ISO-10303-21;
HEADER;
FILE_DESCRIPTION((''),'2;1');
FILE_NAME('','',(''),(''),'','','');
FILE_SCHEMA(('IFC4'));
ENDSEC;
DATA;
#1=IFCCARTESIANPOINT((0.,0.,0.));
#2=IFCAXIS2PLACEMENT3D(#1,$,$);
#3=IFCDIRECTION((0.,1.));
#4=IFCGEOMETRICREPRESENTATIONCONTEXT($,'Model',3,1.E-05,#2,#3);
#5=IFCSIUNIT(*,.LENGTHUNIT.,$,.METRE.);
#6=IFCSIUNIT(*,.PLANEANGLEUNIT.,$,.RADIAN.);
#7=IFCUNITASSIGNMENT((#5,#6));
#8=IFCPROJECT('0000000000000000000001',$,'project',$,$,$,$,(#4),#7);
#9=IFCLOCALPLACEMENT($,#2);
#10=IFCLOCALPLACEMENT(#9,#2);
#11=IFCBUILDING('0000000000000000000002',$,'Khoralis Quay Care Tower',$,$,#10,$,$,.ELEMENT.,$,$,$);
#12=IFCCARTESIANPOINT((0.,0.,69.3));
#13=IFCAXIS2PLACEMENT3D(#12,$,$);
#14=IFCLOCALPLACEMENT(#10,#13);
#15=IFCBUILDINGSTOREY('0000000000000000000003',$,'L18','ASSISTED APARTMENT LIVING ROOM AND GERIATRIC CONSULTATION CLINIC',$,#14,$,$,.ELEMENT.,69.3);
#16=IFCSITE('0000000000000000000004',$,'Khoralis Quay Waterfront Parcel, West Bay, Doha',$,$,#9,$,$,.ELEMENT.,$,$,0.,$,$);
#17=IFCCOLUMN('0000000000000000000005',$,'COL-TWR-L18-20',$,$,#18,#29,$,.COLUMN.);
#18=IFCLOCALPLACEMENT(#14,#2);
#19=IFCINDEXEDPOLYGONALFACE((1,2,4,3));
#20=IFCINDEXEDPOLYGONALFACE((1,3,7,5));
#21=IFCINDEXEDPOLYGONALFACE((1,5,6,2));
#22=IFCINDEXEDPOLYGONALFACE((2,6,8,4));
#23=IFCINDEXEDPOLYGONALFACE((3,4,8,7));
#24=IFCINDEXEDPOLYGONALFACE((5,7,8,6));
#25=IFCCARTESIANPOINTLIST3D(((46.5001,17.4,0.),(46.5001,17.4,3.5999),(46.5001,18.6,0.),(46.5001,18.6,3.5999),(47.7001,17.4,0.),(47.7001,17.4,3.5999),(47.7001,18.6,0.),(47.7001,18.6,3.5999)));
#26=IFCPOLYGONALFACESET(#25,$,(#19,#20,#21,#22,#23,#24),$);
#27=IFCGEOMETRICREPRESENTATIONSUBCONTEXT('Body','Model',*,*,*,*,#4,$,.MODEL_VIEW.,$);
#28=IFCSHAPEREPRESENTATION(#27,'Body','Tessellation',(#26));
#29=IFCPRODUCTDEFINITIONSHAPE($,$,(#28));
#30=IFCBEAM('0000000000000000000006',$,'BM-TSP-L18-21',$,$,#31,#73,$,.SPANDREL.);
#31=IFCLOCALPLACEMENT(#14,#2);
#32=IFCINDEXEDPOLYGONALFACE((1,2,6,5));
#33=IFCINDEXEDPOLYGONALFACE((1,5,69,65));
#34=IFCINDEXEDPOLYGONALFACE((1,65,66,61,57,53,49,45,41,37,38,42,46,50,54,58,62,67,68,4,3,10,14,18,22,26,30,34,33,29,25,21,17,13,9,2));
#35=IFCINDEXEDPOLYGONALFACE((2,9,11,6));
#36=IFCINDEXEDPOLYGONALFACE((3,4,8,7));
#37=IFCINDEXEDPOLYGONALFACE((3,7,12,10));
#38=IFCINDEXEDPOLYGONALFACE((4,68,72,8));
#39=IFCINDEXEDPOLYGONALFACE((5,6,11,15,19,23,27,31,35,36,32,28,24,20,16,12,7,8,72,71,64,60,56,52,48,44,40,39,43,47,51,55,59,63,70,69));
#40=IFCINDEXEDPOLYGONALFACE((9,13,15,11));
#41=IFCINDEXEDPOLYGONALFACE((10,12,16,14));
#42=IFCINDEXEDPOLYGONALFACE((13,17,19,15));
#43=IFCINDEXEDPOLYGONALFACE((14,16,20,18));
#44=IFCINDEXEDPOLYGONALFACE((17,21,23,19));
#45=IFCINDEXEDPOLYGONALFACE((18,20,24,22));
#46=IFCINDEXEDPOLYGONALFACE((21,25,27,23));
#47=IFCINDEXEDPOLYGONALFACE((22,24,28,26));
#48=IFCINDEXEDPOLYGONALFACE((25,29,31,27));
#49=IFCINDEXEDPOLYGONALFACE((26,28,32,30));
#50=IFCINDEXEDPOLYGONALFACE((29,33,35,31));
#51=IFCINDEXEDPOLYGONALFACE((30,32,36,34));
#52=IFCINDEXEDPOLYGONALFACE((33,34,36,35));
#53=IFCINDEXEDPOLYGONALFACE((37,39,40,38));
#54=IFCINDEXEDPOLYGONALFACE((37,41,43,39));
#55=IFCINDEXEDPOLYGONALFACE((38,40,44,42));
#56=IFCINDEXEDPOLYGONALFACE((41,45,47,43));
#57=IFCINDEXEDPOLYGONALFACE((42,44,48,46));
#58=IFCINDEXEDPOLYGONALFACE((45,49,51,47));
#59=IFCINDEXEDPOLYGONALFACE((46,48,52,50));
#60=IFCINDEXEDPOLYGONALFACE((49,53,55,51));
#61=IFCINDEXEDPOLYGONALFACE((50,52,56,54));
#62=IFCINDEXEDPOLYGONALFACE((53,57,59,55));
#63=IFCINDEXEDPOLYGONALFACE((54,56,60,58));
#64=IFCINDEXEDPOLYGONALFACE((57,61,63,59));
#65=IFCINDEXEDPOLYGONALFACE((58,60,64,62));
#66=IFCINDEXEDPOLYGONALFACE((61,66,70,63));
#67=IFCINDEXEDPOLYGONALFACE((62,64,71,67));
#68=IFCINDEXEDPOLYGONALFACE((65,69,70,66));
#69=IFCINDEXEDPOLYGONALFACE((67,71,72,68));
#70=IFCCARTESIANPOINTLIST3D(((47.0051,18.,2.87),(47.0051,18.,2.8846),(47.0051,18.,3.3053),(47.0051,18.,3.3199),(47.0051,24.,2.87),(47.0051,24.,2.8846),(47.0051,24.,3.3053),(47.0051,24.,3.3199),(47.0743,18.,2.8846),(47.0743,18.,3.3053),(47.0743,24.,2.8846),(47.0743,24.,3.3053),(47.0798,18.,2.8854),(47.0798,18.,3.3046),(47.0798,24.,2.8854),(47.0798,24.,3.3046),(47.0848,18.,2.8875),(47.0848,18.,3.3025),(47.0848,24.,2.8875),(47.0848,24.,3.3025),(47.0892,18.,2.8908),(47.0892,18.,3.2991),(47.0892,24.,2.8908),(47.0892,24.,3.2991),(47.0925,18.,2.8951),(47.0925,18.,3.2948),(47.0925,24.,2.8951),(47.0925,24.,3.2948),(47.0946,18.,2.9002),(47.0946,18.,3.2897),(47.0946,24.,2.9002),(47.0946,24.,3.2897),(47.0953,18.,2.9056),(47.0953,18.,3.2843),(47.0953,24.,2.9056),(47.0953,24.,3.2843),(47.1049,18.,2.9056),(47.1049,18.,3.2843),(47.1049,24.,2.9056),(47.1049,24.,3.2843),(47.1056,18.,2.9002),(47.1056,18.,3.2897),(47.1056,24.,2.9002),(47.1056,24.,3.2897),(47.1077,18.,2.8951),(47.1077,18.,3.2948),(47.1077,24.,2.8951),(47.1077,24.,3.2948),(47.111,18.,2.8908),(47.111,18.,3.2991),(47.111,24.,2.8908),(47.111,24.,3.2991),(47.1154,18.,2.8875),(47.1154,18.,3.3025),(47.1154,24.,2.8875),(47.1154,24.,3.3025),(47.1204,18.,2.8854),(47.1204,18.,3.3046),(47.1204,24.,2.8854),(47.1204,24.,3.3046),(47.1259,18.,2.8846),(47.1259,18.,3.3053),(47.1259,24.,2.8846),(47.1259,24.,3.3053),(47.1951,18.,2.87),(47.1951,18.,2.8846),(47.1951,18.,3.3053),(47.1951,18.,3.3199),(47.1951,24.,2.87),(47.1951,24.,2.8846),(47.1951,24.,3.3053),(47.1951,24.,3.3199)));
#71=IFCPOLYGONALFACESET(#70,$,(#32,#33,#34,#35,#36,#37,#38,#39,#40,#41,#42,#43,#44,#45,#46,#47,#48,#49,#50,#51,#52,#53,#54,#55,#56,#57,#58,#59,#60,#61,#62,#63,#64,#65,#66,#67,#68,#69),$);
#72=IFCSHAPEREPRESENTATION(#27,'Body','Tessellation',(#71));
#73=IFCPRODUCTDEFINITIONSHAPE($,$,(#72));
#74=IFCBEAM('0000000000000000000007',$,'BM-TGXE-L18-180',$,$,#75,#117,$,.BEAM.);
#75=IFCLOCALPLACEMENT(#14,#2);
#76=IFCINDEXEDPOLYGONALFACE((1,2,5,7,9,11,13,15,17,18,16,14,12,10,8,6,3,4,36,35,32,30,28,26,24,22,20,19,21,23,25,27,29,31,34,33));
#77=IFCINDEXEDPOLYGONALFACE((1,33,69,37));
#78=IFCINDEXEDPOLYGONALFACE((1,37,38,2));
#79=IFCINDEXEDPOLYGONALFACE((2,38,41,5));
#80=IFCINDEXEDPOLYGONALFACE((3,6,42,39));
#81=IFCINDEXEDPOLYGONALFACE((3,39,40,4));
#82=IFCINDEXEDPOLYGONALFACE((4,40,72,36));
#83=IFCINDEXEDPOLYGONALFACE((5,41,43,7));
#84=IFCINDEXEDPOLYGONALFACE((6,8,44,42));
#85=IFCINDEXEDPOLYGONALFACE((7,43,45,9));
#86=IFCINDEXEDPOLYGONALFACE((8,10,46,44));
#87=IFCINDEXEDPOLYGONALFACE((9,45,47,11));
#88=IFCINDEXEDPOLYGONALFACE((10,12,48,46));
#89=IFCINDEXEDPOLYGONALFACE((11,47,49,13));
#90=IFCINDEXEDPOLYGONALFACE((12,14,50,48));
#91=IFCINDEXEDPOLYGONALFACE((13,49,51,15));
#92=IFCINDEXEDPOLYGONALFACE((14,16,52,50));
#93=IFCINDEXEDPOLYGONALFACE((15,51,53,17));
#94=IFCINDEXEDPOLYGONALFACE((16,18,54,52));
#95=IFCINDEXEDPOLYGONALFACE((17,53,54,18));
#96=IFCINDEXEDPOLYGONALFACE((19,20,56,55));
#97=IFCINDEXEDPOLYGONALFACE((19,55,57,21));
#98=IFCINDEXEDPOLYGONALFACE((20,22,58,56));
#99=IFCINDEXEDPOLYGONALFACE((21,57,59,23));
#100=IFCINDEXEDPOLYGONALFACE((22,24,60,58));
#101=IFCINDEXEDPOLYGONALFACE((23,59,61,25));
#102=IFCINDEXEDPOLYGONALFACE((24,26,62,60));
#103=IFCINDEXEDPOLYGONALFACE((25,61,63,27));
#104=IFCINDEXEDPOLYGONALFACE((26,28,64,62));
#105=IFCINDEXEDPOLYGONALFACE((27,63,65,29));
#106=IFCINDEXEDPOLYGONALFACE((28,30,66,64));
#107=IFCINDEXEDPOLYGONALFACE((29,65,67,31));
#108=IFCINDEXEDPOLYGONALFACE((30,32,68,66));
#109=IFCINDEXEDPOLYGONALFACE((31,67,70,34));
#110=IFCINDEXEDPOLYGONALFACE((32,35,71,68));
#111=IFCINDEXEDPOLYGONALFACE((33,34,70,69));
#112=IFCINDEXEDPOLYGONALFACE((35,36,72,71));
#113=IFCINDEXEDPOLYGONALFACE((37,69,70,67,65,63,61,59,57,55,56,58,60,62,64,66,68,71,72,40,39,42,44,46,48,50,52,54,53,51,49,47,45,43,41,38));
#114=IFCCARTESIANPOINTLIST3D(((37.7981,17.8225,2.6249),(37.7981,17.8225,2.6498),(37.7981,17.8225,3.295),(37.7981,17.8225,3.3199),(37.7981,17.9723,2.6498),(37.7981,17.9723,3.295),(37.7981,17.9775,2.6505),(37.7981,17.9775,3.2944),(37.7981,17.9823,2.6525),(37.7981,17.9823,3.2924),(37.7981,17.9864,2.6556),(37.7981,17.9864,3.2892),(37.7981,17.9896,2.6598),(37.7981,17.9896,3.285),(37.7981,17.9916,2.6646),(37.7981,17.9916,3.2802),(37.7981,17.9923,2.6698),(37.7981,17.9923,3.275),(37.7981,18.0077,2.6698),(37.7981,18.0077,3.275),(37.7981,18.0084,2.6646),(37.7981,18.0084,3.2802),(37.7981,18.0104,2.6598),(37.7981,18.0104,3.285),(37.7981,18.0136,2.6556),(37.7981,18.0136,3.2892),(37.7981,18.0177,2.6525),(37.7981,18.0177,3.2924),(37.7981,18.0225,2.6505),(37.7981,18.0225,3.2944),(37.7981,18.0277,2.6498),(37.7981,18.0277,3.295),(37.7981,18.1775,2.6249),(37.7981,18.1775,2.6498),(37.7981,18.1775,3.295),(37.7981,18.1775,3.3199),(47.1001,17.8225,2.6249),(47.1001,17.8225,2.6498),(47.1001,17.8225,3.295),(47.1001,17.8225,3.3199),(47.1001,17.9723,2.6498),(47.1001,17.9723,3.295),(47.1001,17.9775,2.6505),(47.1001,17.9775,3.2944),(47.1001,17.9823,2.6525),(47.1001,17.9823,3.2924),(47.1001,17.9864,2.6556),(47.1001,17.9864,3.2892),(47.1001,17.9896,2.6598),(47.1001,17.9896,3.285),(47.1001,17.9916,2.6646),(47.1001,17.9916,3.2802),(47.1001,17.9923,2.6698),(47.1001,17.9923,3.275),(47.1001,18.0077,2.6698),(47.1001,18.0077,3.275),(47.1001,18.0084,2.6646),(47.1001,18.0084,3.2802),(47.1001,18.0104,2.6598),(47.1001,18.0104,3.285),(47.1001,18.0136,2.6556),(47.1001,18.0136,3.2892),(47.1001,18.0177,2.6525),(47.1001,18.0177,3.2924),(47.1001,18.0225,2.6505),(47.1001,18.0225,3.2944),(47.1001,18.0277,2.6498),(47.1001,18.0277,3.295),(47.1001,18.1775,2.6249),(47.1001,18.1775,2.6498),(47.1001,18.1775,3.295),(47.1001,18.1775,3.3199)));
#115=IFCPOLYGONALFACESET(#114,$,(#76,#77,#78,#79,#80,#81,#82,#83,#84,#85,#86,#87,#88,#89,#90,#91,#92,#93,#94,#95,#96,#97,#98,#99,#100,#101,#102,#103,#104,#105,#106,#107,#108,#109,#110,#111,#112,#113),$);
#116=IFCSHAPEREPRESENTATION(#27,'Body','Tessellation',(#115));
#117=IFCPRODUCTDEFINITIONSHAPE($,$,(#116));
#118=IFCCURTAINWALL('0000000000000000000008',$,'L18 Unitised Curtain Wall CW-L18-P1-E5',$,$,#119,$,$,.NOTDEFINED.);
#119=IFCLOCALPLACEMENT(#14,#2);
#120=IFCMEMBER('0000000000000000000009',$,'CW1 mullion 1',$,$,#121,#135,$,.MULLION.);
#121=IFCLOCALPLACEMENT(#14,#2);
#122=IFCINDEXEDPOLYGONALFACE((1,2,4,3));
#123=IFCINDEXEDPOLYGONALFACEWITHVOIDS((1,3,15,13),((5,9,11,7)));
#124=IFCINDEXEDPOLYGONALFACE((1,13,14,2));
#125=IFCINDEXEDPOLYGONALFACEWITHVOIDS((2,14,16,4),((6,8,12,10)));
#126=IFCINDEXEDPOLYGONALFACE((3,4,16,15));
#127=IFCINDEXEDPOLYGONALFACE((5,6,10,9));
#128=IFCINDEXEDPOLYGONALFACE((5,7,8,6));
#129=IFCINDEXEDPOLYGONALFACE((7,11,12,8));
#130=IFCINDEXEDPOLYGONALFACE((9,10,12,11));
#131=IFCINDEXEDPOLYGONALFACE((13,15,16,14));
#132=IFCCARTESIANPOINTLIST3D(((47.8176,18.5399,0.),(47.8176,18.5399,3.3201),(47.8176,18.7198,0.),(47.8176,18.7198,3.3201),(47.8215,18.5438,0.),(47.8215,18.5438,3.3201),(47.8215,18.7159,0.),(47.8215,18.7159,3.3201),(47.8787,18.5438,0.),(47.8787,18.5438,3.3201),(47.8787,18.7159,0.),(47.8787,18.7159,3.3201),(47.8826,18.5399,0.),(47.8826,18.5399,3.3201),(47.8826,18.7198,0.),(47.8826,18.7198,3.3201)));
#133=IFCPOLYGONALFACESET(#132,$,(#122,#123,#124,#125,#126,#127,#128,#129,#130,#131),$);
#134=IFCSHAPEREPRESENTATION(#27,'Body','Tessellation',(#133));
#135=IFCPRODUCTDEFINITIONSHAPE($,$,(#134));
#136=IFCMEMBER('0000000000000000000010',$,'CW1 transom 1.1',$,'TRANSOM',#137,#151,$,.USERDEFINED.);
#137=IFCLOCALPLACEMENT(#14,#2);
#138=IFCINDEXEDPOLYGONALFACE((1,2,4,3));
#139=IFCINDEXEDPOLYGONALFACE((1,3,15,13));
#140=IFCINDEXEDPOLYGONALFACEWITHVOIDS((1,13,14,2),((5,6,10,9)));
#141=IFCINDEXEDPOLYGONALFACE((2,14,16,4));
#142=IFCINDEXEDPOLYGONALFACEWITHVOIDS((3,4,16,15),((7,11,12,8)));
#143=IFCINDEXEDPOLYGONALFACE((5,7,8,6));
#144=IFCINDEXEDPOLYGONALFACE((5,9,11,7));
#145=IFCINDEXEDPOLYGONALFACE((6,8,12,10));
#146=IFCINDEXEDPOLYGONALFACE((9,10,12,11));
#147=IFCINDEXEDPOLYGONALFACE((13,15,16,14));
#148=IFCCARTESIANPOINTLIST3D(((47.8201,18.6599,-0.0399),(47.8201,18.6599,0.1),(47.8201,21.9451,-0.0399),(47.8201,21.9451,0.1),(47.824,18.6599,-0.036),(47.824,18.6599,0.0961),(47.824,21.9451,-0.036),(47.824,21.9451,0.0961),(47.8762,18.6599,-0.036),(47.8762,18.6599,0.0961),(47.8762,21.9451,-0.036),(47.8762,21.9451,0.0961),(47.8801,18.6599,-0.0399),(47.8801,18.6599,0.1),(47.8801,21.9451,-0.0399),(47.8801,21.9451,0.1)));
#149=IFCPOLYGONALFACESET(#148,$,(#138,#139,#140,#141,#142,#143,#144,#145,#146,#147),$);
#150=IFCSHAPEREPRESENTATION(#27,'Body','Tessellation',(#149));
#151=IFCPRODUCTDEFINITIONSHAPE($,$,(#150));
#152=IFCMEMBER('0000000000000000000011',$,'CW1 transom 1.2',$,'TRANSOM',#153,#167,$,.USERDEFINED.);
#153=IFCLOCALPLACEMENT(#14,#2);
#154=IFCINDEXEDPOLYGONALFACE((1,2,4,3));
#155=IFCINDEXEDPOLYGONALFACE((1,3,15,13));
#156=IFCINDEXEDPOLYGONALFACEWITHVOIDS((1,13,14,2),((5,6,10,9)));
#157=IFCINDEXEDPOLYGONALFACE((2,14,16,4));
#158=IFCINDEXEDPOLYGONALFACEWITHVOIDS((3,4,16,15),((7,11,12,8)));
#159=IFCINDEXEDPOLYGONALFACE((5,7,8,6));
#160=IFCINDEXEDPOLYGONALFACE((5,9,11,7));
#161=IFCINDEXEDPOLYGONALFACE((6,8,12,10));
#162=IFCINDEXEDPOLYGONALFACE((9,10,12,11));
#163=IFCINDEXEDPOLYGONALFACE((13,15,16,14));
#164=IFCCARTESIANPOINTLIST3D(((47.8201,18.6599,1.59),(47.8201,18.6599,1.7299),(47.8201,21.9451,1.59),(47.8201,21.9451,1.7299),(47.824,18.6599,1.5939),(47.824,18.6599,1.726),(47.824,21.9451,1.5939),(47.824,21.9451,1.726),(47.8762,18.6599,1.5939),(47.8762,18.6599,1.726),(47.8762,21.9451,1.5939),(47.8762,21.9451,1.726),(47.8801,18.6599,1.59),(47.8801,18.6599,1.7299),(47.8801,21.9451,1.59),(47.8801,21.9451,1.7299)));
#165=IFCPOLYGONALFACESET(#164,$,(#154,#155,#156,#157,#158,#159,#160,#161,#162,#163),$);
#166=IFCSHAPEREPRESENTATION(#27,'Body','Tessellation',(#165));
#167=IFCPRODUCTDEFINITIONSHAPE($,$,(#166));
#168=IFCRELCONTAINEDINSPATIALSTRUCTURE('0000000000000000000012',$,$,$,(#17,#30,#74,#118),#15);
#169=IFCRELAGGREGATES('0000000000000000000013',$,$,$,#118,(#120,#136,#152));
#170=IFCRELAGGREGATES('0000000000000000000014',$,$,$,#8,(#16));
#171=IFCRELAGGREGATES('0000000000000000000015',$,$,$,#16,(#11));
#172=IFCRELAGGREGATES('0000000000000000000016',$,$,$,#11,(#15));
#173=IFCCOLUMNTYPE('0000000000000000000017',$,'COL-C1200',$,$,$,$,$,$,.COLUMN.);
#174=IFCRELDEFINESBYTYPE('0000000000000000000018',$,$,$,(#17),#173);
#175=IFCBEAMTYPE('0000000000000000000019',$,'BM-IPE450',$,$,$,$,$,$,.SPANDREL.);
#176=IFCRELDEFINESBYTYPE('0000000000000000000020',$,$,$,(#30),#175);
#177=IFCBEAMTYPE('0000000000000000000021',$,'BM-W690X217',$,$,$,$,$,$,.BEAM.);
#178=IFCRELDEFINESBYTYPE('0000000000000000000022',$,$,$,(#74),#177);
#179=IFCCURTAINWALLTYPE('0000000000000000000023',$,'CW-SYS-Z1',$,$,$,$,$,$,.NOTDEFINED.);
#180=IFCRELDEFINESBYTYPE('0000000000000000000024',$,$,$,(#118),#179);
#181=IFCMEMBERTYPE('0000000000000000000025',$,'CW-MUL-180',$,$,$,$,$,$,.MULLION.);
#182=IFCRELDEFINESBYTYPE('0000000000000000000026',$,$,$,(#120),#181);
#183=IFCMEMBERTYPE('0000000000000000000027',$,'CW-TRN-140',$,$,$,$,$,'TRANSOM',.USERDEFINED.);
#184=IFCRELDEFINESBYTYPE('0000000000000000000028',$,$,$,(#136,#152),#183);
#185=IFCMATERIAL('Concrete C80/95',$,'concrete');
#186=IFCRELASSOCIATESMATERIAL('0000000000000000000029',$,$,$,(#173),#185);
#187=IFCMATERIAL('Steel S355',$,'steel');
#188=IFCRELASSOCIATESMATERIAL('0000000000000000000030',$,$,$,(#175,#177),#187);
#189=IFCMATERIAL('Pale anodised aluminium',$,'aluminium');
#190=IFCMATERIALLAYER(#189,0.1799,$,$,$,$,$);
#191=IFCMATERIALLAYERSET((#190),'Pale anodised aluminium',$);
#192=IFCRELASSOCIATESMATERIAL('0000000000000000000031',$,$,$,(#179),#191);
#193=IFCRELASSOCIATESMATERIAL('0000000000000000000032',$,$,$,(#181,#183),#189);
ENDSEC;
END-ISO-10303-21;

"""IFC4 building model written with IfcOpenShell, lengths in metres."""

from ifc_helpers import new_model, si_unit, direction, frame, origin, origin_2d, place, context, subcontext, project, spatial, rectangle, hollow_rectangle, i_section, extrude, source, transform, mapped, material, layer, layer_set, material_profile, profile_set, type_object, element, aggregate, save


model = new_model("IFC4")

# Units and contexts
model_context = context("Model", 3, precision=1e-05, world=origin(), true_north=direction((0.0, 1.0)))
body_context = subcontext(model_context, "Body", "Model", "MODEL_VIEW")
ifc_project = project(units=[si_unit("LENGTHUNIT", "METRE"), si_unit("PLANEANGLEUNIT", "RADIAN")], contexts=[model_context])

# Site, building, storey
site_placement = place(None, origin())
site = spatial("IfcSite", under=ifc_project, at=site_placement, Name="Khoralis Quay Waterfront Parcel, West Bay, Doha", CompositionType="ELEMENT", RefElevation=0.0)
building_placement = place(site_placement, origin())
building = spatial("IfcBuilding", under=site, at=building_placement, Name="Khoralis Quay Care Tower", CompositionType="ELEMENT")
storey_placement = place(building_placement, frame((0.0, 0.0, 69.3)))
storey = spatial("IfcBuildingStorey", under=building, at=storey_placement, Name="L18", Description="ASSISTED APARTMENT LIVING ROOM AND GERIATRIC CONSULTATION CLINIC", CompositionType="ELEMENT", Elevation=69.3)

# Column
ifc_material_1 = material(Name="Concrete C80/95", Category="concrete")
ifc_material_profile_1 = material_profile(ifc_material_1, rectangle(XDim=1.2, YDim=1.2, at=origin_2d()), Name="Concrete C80/95")
ifc_profile_set_1 = profile_set([ifc_material_profile_1], Name="Concrete C80/95")
column_type = type_object("IfcColumnType", Name="COL-C1200", PredefinedType="COLUMN", material=ifc_profile_set_1)
shared_shape_1 = source(origin(), body_context, "Body", "SweptSolid", [
    extrude(rectangle(XDim=1.2, YDim=1.2, at=origin_2d()), origin(), (0.0, 0.0, 1.0), 3.5999),
])
column_placement = place(storey_placement, frame((47.1001, 18.0, 0.0), z_axis=(0.0, 0.0, 1.0), x_axis=(1.0, 0.0, 0.0)))
element("IfcColumn", 1, at=column_placement, inside=storey, type_object=column_type, Name="COL-TWR-L18-20", PredefinedType="COLUMN", context=body_context, shape_type="MappedRepresentation", body=[
    mapped(shared_shape_1, transform((0.0, 0.0, 0.0), scale=1.0)),
])

# Beams
ifc_material_2 = material(Name="Steel S355", Category="steel")
ifc_material_profile_2 = material_profile(ifc_material_2, i_section(OverallWidth=0.1899, OverallDepth=0.45, WebThickness=0.0095, FlangeThickness=0.0146, FilletRadius=0.021, at=origin_2d()), Name="Steel S355")
ifc_profile_set_2 = profile_set([ifc_material_profile_2], Name="Steel S355")
beam_type_1 = type_object("IfcBeamType", Name="BM-IPE450", PredefinedType="SPANDREL", material=ifc_profile_set_2)
shared_shape_2 = source(origin(), body_context, "Body", "SweptSolid", [
    extrude(i_section(OverallWidth=0.1899, OverallDepth=0.45, WebThickness=0.0095, FlangeThickness=0.0146, FilletRadius=0.021, at=origin_2d()), origin(), (0.0, 0.0, 1.0), 6.0),
])
beam_1_placement = place(storey_placement, frame((47.1001, 18.0, 3.095), z_axis=(0.0, 1.0, 0.0), x_axis=(-1.0, 0.0, 0.0)))
element("IfcBeam", 2, at=beam_1_placement, inside=storey, type_object=beam_type_1, Name="BM-TSP-L18-21", PredefinedType="SPANDREL", context=body_context, shape_type="MappedRepresentation", body=[
    mapped(shared_shape_2, transform((0.0, 0.0, 0.0), scale=1.0)),
])
ifc_material_profile_3 = material_profile(ifc_material_2, i_section(OverallWidth=0.355, OverallDepth=0.6951, WebThickness=0.0154, FlangeThickness=0.0249, FilletRadius=0.02, at=origin_2d()), Name="Steel S355")
ifc_profile_set_3 = profile_set([ifc_material_profile_3], Name="Steel S355")
beam_type_2 = type_object("IfcBeamType", Name="BM-W690X217", PredefinedType="BEAM", material=ifc_profile_set_3)
shared_shape_3 = source(origin(), body_context, "Body", "SweptSolid", [
    extrude(i_section(OverallWidth=0.355, OverallDepth=0.6951, WebThickness=0.0154, FlangeThickness=0.0249, FilletRadius=0.02, at=origin_2d()), origin(), (0.0, 0.0, 1.0), 9.302),
])
beam_2_placement = place(storey_placement, frame((37.7981, 18.0, 2.9724), z_axis=(1.0, 0.0, 0.0), x_axis=(0.0, 1.0, 0.0)))
element("IfcBeam", 3, at=beam_2_placement, inside=storey, type_object=beam_type_2, Name="BM-TGXE-L18-180", PredefinedType="BEAM", context=body_context, shape_type="MappedRepresentation", body=[
    mapped(shared_shape_3, transform((0.0, 0.0, 0.0), scale=1.0)),
])

# Curtain wall, members
ifc_material_3 = material(Name="Pale anodised aluminium", Category="aluminium")
ifc_layer_1 = layer(ifc_material_3, 0.1799)
ifc_layer_set_1 = layer_set([ifc_layer_1], Name="Pale anodised aluminium")
curtain_wall_type = type_object("IfcCurtainWallType", Name="CW-SYS-Z1", PredefinedType="NOTDEFINED", material=ifc_layer_set_1)
curtain_wall_placement = place(storey_placement, origin())
curtain_wall = element("IfcCurtainWall", 4, at=curtain_wall_placement, inside=storey, type_object=curtain_wall_type, Name="L18 Unitised Curtain Wall CW-L18-P1-E5", PredefinedType="NOTDEFINED")
ifc_material_profile_4 = material_profile(ifc_material_3, hollow_rectangle(XDim=0.0649, YDim=0.1799, WallThickness=0.0039, at=origin_2d()), Name="Pale anodised aluminium")
ifc_profile_set_4 = profile_set([ifc_material_profile_4], Name="Pale anodised aluminium")
member_type_1 = type_object("IfcMemberType", Name="CW-MUL-180", PredefinedType="MULLION", material=ifc_profile_set_4)
shared_shape_4 = source(origin(), body_context, "Body", "SweptSolid", [
    extrude(hollow_rectangle(XDim=0.0649, YDim=0.1799, WallThickness=0.0039, at=origin_2d()), origin(), (0.0, 0.0, 1.0), 3.3201),
])
member_1_placement = place(storey_placement, frame((47.8501, 18.6299, 0.0), z_axis=(0.0, 0.0, 1.0), x_axis=(-1.0, 0.0, 0.0)))
member_1 = element("IfcMember", 5, at=member_1_placement, type_object=member_type_1, Name="CW1 mullion 1", PredefinedType="MULLION", context=body_context, shape_type="MappedRepresentation", body=[
    mapped(shared_shape_4, transform((0.0, 0.0, 0.0), scale=1.0)),
])
ifc_material_profile_5 = material_profile(ifc_material_3, hollow_rectangle(XDim=0.0601, YDim=0.1399, WallThickness=0.0039, at=origin_2d()), Name="Pale anodised aluminium")
ifc_profile_set_5 = profile_set([ifc_material_profile_5], Name="Pale anodised aluminium")
member_type_2 = type_object("IfcMemberType", Name="CW-TRN-140", ElementType="TRANSOM", PredefinedType="USERDEFINED", material=ifc_profile_set_5)
shared_shape_5 = source(origin(), body_context, "Body", "SweptSolid", [
    extrude(hollow_rectangle(XDim=0.0601, YDim=0.1399, WallThickness=0.0039, at=origin_2d()), origin(), (0.0, 0.0, 1.0), 3.2852),
])
member_2_placement = place(storey_placement, frame((47.8501, 18.6599, 0.03), z_axis=(0.0, 1.0, 0.0), x_axis=(-1.0, 0.0, 0.0)))
member_2 = element("IfcMember", 6, at=member_2_placement, type_object=member_type_2, Name="CW1 transom 1.1", ObjectType="TRANSOM", PredefinedType="USERDEFINED", context=body_context, shape_type="MappedRepresentation", body=[
    mapped(shared_shape_5, transform((0.0, 0.0, 0.0), scale=1.0)),
])
member_3_placement = place(storey_placement, frame((47.8501, 18.6599, 1.6599), z_axis=(0.0, 1.0, 0.0), x_axis=(-1.0, 0.0, 0.0)))
member_3 = element("IfcMember", 7, at=member_3_placement, type_object=member_type_2, Name="CW1 transom 1.2", ObjectType="TRANSOM", PredefinedType="USERDEFINED", context=body_context, shape_type="MappedRepresentation", body=[
    mapped(shared_shape_5, transform((0.0, 0.0, 0.0), scale=1.0)),
])
aggregate(curtain_wall, [member_1, member_2, member_3])

save(model, "model.ifc")
